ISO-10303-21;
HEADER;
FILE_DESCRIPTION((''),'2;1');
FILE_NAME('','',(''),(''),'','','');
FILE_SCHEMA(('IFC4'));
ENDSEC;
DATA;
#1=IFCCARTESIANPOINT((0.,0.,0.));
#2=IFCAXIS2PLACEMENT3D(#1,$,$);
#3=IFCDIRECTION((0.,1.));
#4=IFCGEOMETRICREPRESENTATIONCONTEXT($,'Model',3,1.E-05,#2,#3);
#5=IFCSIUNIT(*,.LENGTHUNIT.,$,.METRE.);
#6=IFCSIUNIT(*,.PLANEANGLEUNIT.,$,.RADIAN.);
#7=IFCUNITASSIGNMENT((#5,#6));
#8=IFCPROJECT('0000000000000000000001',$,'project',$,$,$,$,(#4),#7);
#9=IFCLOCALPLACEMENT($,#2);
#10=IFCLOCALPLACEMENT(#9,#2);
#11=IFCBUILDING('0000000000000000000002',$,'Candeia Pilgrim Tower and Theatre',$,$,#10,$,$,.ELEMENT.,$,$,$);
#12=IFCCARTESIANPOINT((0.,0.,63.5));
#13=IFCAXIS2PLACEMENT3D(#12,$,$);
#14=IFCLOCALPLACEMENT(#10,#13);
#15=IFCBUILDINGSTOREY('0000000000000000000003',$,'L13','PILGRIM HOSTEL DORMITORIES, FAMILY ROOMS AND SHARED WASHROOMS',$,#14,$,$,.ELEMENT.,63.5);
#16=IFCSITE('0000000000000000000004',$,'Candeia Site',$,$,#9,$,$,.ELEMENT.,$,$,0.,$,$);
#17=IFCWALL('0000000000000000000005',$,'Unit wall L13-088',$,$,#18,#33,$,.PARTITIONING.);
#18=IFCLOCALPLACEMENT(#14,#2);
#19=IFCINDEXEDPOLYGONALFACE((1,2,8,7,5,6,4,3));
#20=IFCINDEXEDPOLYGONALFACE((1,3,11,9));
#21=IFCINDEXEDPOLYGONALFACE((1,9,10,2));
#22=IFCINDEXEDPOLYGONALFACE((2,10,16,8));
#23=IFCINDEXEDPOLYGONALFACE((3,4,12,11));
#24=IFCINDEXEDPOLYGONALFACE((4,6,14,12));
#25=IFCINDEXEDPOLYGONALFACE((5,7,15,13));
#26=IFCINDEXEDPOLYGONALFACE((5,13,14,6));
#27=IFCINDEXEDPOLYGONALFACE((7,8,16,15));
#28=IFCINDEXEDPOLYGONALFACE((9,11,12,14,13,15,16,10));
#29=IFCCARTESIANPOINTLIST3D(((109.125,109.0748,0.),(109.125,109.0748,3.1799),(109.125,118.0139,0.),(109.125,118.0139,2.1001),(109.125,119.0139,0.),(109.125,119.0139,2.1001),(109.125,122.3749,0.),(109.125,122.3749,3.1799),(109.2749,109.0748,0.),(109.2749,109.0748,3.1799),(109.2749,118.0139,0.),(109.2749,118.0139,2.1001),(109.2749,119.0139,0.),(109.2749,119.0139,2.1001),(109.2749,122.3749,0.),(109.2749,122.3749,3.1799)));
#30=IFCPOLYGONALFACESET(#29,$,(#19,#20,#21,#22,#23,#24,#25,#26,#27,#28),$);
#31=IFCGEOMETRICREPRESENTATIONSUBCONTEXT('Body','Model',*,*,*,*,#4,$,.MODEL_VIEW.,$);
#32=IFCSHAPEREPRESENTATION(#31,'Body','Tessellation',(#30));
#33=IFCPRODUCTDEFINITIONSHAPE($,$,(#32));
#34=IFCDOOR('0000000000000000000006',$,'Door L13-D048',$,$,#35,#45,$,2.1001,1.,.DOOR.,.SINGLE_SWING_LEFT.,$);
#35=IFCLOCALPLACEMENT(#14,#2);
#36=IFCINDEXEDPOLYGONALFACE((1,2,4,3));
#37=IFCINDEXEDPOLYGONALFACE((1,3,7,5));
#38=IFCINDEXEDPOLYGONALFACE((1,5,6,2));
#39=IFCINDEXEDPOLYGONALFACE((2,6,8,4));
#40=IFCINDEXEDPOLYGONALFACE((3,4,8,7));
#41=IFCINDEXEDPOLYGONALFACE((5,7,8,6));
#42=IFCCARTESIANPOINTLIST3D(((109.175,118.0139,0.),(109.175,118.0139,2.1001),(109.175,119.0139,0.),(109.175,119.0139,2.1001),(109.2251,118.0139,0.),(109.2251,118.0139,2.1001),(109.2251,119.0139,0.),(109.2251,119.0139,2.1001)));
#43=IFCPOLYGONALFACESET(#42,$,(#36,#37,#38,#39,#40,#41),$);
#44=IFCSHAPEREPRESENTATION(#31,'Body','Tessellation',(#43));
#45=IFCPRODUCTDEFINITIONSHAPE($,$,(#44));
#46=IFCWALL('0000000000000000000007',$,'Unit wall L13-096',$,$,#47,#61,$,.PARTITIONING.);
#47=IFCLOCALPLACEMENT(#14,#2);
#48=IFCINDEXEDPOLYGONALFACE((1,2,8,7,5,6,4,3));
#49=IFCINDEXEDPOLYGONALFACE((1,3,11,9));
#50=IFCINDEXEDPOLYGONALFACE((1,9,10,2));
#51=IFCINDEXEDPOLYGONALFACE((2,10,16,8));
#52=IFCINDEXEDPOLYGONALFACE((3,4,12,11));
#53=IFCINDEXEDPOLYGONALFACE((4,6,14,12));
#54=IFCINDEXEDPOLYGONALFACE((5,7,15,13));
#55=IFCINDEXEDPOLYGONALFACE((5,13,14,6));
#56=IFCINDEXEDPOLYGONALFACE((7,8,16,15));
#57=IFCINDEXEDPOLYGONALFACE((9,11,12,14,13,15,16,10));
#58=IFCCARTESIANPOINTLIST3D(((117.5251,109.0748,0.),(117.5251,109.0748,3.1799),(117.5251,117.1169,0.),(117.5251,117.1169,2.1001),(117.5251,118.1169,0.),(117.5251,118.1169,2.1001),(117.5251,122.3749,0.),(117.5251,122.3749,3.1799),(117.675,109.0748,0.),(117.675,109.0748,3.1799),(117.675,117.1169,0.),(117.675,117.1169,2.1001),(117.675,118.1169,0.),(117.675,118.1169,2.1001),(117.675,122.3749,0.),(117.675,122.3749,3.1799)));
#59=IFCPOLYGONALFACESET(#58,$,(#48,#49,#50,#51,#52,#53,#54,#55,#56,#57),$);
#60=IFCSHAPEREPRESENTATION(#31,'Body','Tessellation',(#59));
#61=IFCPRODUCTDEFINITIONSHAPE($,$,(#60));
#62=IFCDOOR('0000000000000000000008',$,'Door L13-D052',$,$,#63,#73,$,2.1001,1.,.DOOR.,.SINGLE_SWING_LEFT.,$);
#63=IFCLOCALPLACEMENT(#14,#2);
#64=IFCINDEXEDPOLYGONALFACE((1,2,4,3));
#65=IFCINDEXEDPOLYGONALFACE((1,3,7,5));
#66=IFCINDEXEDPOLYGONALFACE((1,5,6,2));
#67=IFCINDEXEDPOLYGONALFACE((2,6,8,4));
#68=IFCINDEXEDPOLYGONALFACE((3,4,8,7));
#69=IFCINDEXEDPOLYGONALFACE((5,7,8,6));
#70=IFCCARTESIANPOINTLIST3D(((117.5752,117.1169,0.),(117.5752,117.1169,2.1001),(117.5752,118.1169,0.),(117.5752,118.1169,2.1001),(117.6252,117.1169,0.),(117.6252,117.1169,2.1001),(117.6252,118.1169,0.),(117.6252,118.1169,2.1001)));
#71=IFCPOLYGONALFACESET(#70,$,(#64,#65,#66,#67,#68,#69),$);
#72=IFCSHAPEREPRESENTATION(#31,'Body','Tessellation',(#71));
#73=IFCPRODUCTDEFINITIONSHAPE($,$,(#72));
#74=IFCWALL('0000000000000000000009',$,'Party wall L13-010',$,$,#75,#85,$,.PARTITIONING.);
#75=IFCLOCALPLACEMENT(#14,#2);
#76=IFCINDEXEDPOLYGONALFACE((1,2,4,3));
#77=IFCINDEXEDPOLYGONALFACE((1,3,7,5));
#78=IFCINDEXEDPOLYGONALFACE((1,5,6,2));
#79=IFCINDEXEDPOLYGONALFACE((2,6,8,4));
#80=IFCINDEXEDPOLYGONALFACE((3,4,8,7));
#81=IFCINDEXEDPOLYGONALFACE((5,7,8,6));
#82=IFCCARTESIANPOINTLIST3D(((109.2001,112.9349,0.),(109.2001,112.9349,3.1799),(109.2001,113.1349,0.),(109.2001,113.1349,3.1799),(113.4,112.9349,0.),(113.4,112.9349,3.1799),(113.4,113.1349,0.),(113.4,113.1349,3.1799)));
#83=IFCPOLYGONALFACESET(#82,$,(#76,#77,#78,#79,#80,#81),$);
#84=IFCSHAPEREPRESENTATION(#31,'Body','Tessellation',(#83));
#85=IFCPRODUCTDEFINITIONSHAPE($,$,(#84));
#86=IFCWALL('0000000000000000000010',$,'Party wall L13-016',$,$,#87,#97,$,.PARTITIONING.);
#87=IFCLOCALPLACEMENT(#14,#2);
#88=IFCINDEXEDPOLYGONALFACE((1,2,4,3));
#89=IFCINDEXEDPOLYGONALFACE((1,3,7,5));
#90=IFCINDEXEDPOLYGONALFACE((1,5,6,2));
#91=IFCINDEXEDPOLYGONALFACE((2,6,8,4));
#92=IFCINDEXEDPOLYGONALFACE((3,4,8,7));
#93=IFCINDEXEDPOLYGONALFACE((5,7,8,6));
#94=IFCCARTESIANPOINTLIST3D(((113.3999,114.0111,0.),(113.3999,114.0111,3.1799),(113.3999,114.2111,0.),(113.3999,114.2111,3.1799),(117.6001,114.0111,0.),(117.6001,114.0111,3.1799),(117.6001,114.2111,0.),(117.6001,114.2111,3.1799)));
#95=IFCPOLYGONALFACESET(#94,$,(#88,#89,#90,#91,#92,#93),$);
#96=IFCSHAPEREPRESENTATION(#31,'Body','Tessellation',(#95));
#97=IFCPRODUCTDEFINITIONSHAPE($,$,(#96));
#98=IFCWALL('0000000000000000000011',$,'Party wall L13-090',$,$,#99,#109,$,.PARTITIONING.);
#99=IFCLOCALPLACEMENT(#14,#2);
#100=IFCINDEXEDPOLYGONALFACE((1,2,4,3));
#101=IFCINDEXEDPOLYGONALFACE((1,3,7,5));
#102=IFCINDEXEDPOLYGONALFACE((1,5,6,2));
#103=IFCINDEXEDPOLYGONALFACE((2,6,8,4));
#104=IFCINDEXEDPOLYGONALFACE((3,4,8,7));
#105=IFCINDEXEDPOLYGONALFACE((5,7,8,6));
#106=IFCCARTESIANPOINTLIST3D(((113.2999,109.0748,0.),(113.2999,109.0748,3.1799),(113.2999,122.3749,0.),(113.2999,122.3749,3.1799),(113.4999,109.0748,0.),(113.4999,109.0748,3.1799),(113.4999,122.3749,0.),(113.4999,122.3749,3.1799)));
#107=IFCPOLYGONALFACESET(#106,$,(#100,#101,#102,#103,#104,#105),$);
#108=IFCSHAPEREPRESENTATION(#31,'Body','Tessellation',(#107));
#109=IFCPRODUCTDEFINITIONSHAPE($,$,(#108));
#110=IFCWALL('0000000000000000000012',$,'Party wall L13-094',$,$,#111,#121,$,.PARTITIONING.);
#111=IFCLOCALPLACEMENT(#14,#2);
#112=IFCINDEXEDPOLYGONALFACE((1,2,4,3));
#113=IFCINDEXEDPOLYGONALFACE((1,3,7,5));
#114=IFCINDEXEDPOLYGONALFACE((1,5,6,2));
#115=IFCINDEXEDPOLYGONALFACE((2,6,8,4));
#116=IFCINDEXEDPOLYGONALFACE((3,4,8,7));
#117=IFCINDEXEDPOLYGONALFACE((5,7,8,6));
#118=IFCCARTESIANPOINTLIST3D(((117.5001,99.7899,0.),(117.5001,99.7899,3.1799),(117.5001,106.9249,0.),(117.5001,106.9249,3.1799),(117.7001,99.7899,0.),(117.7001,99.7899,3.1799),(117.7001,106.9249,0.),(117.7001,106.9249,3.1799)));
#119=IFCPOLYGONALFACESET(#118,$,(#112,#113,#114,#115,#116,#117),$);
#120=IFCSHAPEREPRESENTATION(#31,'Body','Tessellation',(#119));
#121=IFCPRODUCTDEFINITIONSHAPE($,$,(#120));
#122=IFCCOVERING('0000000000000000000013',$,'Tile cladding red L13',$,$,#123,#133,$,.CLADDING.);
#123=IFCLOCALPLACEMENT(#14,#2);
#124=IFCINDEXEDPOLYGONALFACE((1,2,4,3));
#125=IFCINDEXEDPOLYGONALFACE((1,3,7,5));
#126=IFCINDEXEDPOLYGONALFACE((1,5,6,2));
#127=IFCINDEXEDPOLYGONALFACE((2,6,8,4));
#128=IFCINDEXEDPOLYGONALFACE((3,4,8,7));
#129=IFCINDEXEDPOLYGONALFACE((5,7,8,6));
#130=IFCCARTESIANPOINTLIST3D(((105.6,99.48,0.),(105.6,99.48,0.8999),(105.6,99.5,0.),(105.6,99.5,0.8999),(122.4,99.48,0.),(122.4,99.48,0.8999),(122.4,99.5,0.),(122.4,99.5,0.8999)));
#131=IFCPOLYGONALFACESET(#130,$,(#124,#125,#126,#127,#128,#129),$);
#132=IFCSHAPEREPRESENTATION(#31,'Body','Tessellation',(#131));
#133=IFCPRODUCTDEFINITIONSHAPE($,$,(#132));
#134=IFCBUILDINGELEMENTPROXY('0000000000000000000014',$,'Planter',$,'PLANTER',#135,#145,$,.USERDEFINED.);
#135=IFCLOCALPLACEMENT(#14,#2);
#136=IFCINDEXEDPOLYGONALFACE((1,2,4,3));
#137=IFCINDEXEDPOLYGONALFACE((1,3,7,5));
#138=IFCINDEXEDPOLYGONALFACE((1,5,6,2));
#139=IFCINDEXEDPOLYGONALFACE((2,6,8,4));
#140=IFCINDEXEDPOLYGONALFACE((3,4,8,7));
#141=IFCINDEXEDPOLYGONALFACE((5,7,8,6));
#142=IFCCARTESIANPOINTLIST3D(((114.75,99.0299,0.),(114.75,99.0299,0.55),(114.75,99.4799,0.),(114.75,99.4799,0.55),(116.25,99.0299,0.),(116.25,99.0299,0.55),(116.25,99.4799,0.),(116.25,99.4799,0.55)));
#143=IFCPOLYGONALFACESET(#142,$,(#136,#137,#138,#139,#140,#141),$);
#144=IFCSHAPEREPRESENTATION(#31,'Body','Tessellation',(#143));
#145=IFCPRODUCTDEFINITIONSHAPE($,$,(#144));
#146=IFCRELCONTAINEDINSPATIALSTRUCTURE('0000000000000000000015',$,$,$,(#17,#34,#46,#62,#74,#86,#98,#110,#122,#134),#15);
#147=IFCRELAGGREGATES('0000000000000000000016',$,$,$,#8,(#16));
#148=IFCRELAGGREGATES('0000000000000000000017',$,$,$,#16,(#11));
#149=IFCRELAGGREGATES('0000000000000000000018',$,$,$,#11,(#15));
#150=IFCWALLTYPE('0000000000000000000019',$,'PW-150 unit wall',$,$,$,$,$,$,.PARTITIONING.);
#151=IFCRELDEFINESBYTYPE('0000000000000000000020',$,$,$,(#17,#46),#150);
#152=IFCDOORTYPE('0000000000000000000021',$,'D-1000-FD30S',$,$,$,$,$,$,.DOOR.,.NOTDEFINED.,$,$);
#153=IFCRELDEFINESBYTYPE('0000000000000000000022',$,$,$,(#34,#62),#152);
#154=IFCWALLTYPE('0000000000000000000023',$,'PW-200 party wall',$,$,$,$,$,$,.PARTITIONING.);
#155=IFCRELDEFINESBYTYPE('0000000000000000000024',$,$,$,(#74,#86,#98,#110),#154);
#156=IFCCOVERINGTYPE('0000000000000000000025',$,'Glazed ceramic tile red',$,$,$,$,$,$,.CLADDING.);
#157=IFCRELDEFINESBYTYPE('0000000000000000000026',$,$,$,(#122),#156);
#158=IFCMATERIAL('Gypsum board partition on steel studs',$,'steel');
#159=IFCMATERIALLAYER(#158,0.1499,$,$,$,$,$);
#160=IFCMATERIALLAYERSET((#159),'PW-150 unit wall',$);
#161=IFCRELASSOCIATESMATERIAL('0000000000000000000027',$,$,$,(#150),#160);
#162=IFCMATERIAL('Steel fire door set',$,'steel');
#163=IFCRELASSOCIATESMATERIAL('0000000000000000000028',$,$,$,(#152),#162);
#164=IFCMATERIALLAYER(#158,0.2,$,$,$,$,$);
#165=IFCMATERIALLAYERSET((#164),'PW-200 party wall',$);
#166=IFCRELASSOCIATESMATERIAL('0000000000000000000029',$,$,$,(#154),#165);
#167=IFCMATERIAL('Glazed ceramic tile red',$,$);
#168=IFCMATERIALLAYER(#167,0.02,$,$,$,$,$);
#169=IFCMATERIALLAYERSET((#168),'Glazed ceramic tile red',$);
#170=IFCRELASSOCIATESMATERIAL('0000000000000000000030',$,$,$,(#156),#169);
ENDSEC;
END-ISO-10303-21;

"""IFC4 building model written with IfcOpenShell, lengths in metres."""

from ifc_helpers import new_model, si_unit, direction, frame, frame_2d, origin, origin_2d, place, context, subcontext, project, spatial, rectangle, extrude, material, layer, layer_set, type_object, element, fill, save


model = new_model("IFC4")

# Units and contexts
model_context = context("Model", 3, precision=1e-05, world=origin(), true_north=direction((0.0, 1.0)))
body_context = subcontext(model_context, "Body", "Model", "MODEL_VIEW")
ifc_project = project(units=[si_unit("LENGTHUNIT", "METRE"), si_unit("PLANEANGLEUNIT", "RADIAN")], contexts=[model_context])

# Site, building, storey
site_placement = place(None, origin())
site = spatial("IfcSite", under=ifc_project, at=site_placement, Name="Candeia Site", CompositionType="ELEMENT", RefElevation=0.0)
building_placement = place(site_placement, origin())
building = spatial("IfcBuilding", under=site, at=building_placement, Name="Candeia Pilgrim Tower and Theatre", CompositionType="ELEMENT")
storey_placement = place(building_placement, frame((0.0, 0.0, 63.5)))
storey = spatial("IfcBuildingStorey", under=building, at=storey_placement, Name="L13", Description="PILGRIM HOSTEL DORMITORIES, FAMILY ROOMS AND SHARED WASHROOMS", CompositionType="ELEMENT", Elevation=63.5)

# Shared definitions
ifc_material_1 = material(Name="Gypsum board partition on steel studs", Category="steel")

# Walls, openings, doors
ifc_layer_1 = layer(ifc_material_1, 0.1499)
ifc_layer_set_1 = layer_set([ifc_layer_1], Name="PW-150 unit wall")
wall_type_1 = type_object("IfcWallType", Name="PW-150 unit wall", PredefinedType="PARTITIONING", material=ifc_layer_set_1)
wall_1_placement = place(storey_placement, frame((109.2, 109.075, 0.0), z_axis=(0.0, 0.0, 1.0), x_axis=(0.0, 1.0, 0.0)))
wall_1 = element("IfcWall", 1, at=wall_1_placement, inside=storey, type_object=wall_type_1, Name="Unit wall L13-088", PredefinedType="PARTITIONING", context=body_context, shape_type="SweptSolid", body=[
    extrude(rectangle(XDim=13.3, YDim=0.1499, at=frame_2d((6.6499, 0.0))), origin(), (0.0, 0.0, 1.0), 3.1799),
])
opening_1_placement = place(wall_1_placement, frame((8.939, 0.0, 0.0)))
opening_1 = element("IfcOpeningElement", 2, at=opening_1_placement, cuts=wall_1, PredefinedType="OPENING", context=body_context, shape_type="SweptSolid", body=[
    extrude(rectangle(XDim=1.0, YDim=2.1001, at=frame_2d((0.5, 1.05))), frame((0.0, 0.085, 0.0), z_axis=(0.0, -1.0, 0.0), x_axis=(1.0, 0.0, 0.0)), (0.0, 0.0, 1.0), 0.1699),
])
ifc_material_2 = material(Name="Steel fire door set", Category="steel")
door_type_1 = type_object("IfcDoorType", Name="D-1000-FD30S", OperationType="NOTDEFINED", PredefinedType="DOOR", material=ifc_material_2)
door_1_placement = place(opening_1_placement, origin())
door_1 = element("IfcDoor", 3, at=door_1_placement, inside=storey, type_object=door_type_1, Name="Door L13-D048", OperationType="SINGLE_SWING_LEFT", OverallHeight=2.1001, OverallWidth=1.0, PredefinedType="DOOR", context=body_context, shape_type="SweptSolid", body=[
    extrude(rectangle(XDim=1.0, YDim=2.1001, at=frame_2d((0.5, 1.05))), frame((0.0, 0.0249, 0.0), z_axis=(0.0, -1.0, 0.0), x_axis=(1.0, 0.0, 0.0)), (0.0, 0.0, 1.0), 0.05),
])
fill(opening_1, door_1)
wall_2_placement = place(storey_placement, frame((117.6001, 109.075, 0.0), z_axis=(0.0, 0.0, 1.0), x_axis=(0.0, 1.0, 0.0)))
wall_2 = element("IfcWall", 4, at=wall_2_placement, inside=storey, type_object=wall_type_1, Name="Unit wall L13-096", PredefinedType="PARTITIONING", context=body_context, shape_type="SweptSolid", body=[
    extrude(rectangle(XDim=13.3, YDim=0.1499, at=frame_2d((6.6499, 0.0))), origin(), (0.0, 0.0, 1.0), 3.1799),
])
opening_2_placement = place(wall_2_placement, frame((8.042, 0.0, 0.0)))
opening_2 = element("IfcOpeningElement", 5, at=opening_2_placement, cuts=wall_2, PredefinedType="OPENING", context=body_context, shape_type="SweptSolid", body=[
    extrude(rectangle(XDim=1.0, YDim=2.1001, at=frame_2d((0.5, 1.05))), frame((0.0, 0.085, 0.0), z_axis=(0.0, -1.0, 0.0), x_axis=(1.0, 0.0, 0.0)), (0.0, 0.0, 1.0), 0.1699),
])
door_2_placement = place(opening_2_placement, origin())
door_2 = element("IfcDoor", 6, at=door_2_placement, inside=storey, type_object=door_type_1, Name="Door L13-D052", OperationType="SINGLE_SWING_LEFT", OverallHeight=2.1001, OverallWidth=1.0, PredefinedType="DOOR", context=body_context, shape_type="SweptSolid", body=[
    extrude(rectangle(XDim=1.0, YDim=2.1001, at=frame_2d((0.5, 1.05))), frame((0.0, 0.0249, 0.0), z_axis=(0.0, -1.0, 0.0), x_axis=(1.0, 0.0, 0.0)), (0.0, 0.0, 1.0), 0.05),
])
fill(opening_2, door_2)

# Walls
ifc_layer_2 = layer(ifc_material_1, 0.2)
ifc_layer_set_2 = layer_set([ifc_layer_2], Name="PW-200 party wall")
wall_type_2 = type_object("IfcWallType", Name="PW-200 party wall", PredefinedType="PARTITIONING", material=ifc_layer_set_2)
wall_3_placement = place(storey_placement, frame((109.2, 113.0349, 0.0), z_axis=(0.0, 0.0, 1.0), x_axis=(1.0, 0.0, 0.0)))
element("IfcWall", 7, at=wall_3_placement, inside=storey, type_object=wall_type_2, Name="Party wall L13-010", PredefinedType="PARTITIONING", context=body_context, shape_type="SweptSolid", body=[
    extrude(rectangle(XDim=4.2, YDim=0.2, at=frame_2d((2.1001, 0.0))), origin(), (0.0, 0.0, 1.0), 3.1799),
])
wall_4_placement = place(storey_placement, frame((113.3999, 114.1111, 0.0), z_axis=(0.0, 0.0, 1.0), x_axis=(1.0, 0.0, 0.0)))
element("IfcWall", 8, at=wall_4_placement, inside=storey, type_object=wall_type_2, Name="Party wall L13-016", PredefinedType="PARTITIONING", context=body_context, shape_type="SweptSolid", body=[
    extrude(rectangle(XDim=4.2002, YDim=0.2, at=frame_2d((2.1001, 0.0))), origin(), (0.0, 0.0, 1.0), 3.1799),
])
wall_5_placement = place(storey_placement, frame((113.3999, 109.075, 0.0), z_axis=(0.0, 0.0, 1.0), x_axis=(0.0, 1.0, 0.0)))
element("IfcWall", 9, at=wall_5_placement, inside=storey, type_object=wall_type_2, Name="Party wall L13-090", PredefinedType="PARTITIONING", context=body_context, shape_type="SweptSolid", body=[
    extrude(rectangle(XDim=13.3, YDim=0.2, at=frame_2d((6.6499, 0.0))), origin(), (0.0, 0.0, 1.0), 3.1799),
])
wall_6_placement = place(storey_placement, frame((117.6001, 99.79, 0.0), z_axis=(0.0, 0.0, 1.0), x_axis=(0.0, 1.0, 0.0)))
element("IfcWall", 10, at=wall_6_placement, inside=storey, type_object=wall_type_2, Name="Party wall L13-094", PredefinedType="PARTITIONING", context=body_context, shape_type="SweptSolid", body=[
    extrude(rectangle(XDim=7.135, YDim=0.2, at=frame_2d((3.5674, 0.0))), origin(), (0.0, 0.0, 1.0), 3.1799),
])

# Covering
ifc_material_3 = material(Name="Glazed ceramic tile red")
ifc_layer_3 = layer(ifc_material_3, 0.02)
ifc_layer_set_3 = layer_set([ifc_layer_3], Name="Glazed ceramic tile red")
covering_type = type_object("IfcCoveringType", Name="Glazed ceramic tile red", PredefinedType="CLADDING", material=ifc_layer_set_3)
covering_placement = place(storey_placement, frame((114.0, 99.49, 0.0), z_axis=(0.0, 0.0, 1.0), x_axis=(1.0, 0.0, 0.0)))
element("IfcCovering", 11, at=covering_placement, inside=storey, type_object=covering_type, Name="Tile cladding red L13", PredefinedType="CLADDING", context=body_context, shape_type="SweptSolid", body=[
    extrude(rectangle(XDim=16.8, YDim=0.02, at=origin_2d()), origin(), (0.0, 0.0, 1.0), 0.8999),
])

# Building element proxy
proxy_placement = place(storey_placement, frame((115.5, 99.2549, 0.0), z_axis=(0.0, 0.0, 1.0), x_axis=(1.0, 0.0, 0.0)))
element("IfcBuildingElementProxy", 12, at=proxy_placement, inside=storey, Name="Planter", ObjectType="PLANTER", PredefinedType="USERDEFINED", context=body_context, shape_type="SweptSolid", body=[
    extrude(rectangle(XDim=1.5, YDim=0.45, at=origin_2d()), origin(), (0.0, 0.0, 1.0), 0.55),
])

save(model, "model.ifc")
